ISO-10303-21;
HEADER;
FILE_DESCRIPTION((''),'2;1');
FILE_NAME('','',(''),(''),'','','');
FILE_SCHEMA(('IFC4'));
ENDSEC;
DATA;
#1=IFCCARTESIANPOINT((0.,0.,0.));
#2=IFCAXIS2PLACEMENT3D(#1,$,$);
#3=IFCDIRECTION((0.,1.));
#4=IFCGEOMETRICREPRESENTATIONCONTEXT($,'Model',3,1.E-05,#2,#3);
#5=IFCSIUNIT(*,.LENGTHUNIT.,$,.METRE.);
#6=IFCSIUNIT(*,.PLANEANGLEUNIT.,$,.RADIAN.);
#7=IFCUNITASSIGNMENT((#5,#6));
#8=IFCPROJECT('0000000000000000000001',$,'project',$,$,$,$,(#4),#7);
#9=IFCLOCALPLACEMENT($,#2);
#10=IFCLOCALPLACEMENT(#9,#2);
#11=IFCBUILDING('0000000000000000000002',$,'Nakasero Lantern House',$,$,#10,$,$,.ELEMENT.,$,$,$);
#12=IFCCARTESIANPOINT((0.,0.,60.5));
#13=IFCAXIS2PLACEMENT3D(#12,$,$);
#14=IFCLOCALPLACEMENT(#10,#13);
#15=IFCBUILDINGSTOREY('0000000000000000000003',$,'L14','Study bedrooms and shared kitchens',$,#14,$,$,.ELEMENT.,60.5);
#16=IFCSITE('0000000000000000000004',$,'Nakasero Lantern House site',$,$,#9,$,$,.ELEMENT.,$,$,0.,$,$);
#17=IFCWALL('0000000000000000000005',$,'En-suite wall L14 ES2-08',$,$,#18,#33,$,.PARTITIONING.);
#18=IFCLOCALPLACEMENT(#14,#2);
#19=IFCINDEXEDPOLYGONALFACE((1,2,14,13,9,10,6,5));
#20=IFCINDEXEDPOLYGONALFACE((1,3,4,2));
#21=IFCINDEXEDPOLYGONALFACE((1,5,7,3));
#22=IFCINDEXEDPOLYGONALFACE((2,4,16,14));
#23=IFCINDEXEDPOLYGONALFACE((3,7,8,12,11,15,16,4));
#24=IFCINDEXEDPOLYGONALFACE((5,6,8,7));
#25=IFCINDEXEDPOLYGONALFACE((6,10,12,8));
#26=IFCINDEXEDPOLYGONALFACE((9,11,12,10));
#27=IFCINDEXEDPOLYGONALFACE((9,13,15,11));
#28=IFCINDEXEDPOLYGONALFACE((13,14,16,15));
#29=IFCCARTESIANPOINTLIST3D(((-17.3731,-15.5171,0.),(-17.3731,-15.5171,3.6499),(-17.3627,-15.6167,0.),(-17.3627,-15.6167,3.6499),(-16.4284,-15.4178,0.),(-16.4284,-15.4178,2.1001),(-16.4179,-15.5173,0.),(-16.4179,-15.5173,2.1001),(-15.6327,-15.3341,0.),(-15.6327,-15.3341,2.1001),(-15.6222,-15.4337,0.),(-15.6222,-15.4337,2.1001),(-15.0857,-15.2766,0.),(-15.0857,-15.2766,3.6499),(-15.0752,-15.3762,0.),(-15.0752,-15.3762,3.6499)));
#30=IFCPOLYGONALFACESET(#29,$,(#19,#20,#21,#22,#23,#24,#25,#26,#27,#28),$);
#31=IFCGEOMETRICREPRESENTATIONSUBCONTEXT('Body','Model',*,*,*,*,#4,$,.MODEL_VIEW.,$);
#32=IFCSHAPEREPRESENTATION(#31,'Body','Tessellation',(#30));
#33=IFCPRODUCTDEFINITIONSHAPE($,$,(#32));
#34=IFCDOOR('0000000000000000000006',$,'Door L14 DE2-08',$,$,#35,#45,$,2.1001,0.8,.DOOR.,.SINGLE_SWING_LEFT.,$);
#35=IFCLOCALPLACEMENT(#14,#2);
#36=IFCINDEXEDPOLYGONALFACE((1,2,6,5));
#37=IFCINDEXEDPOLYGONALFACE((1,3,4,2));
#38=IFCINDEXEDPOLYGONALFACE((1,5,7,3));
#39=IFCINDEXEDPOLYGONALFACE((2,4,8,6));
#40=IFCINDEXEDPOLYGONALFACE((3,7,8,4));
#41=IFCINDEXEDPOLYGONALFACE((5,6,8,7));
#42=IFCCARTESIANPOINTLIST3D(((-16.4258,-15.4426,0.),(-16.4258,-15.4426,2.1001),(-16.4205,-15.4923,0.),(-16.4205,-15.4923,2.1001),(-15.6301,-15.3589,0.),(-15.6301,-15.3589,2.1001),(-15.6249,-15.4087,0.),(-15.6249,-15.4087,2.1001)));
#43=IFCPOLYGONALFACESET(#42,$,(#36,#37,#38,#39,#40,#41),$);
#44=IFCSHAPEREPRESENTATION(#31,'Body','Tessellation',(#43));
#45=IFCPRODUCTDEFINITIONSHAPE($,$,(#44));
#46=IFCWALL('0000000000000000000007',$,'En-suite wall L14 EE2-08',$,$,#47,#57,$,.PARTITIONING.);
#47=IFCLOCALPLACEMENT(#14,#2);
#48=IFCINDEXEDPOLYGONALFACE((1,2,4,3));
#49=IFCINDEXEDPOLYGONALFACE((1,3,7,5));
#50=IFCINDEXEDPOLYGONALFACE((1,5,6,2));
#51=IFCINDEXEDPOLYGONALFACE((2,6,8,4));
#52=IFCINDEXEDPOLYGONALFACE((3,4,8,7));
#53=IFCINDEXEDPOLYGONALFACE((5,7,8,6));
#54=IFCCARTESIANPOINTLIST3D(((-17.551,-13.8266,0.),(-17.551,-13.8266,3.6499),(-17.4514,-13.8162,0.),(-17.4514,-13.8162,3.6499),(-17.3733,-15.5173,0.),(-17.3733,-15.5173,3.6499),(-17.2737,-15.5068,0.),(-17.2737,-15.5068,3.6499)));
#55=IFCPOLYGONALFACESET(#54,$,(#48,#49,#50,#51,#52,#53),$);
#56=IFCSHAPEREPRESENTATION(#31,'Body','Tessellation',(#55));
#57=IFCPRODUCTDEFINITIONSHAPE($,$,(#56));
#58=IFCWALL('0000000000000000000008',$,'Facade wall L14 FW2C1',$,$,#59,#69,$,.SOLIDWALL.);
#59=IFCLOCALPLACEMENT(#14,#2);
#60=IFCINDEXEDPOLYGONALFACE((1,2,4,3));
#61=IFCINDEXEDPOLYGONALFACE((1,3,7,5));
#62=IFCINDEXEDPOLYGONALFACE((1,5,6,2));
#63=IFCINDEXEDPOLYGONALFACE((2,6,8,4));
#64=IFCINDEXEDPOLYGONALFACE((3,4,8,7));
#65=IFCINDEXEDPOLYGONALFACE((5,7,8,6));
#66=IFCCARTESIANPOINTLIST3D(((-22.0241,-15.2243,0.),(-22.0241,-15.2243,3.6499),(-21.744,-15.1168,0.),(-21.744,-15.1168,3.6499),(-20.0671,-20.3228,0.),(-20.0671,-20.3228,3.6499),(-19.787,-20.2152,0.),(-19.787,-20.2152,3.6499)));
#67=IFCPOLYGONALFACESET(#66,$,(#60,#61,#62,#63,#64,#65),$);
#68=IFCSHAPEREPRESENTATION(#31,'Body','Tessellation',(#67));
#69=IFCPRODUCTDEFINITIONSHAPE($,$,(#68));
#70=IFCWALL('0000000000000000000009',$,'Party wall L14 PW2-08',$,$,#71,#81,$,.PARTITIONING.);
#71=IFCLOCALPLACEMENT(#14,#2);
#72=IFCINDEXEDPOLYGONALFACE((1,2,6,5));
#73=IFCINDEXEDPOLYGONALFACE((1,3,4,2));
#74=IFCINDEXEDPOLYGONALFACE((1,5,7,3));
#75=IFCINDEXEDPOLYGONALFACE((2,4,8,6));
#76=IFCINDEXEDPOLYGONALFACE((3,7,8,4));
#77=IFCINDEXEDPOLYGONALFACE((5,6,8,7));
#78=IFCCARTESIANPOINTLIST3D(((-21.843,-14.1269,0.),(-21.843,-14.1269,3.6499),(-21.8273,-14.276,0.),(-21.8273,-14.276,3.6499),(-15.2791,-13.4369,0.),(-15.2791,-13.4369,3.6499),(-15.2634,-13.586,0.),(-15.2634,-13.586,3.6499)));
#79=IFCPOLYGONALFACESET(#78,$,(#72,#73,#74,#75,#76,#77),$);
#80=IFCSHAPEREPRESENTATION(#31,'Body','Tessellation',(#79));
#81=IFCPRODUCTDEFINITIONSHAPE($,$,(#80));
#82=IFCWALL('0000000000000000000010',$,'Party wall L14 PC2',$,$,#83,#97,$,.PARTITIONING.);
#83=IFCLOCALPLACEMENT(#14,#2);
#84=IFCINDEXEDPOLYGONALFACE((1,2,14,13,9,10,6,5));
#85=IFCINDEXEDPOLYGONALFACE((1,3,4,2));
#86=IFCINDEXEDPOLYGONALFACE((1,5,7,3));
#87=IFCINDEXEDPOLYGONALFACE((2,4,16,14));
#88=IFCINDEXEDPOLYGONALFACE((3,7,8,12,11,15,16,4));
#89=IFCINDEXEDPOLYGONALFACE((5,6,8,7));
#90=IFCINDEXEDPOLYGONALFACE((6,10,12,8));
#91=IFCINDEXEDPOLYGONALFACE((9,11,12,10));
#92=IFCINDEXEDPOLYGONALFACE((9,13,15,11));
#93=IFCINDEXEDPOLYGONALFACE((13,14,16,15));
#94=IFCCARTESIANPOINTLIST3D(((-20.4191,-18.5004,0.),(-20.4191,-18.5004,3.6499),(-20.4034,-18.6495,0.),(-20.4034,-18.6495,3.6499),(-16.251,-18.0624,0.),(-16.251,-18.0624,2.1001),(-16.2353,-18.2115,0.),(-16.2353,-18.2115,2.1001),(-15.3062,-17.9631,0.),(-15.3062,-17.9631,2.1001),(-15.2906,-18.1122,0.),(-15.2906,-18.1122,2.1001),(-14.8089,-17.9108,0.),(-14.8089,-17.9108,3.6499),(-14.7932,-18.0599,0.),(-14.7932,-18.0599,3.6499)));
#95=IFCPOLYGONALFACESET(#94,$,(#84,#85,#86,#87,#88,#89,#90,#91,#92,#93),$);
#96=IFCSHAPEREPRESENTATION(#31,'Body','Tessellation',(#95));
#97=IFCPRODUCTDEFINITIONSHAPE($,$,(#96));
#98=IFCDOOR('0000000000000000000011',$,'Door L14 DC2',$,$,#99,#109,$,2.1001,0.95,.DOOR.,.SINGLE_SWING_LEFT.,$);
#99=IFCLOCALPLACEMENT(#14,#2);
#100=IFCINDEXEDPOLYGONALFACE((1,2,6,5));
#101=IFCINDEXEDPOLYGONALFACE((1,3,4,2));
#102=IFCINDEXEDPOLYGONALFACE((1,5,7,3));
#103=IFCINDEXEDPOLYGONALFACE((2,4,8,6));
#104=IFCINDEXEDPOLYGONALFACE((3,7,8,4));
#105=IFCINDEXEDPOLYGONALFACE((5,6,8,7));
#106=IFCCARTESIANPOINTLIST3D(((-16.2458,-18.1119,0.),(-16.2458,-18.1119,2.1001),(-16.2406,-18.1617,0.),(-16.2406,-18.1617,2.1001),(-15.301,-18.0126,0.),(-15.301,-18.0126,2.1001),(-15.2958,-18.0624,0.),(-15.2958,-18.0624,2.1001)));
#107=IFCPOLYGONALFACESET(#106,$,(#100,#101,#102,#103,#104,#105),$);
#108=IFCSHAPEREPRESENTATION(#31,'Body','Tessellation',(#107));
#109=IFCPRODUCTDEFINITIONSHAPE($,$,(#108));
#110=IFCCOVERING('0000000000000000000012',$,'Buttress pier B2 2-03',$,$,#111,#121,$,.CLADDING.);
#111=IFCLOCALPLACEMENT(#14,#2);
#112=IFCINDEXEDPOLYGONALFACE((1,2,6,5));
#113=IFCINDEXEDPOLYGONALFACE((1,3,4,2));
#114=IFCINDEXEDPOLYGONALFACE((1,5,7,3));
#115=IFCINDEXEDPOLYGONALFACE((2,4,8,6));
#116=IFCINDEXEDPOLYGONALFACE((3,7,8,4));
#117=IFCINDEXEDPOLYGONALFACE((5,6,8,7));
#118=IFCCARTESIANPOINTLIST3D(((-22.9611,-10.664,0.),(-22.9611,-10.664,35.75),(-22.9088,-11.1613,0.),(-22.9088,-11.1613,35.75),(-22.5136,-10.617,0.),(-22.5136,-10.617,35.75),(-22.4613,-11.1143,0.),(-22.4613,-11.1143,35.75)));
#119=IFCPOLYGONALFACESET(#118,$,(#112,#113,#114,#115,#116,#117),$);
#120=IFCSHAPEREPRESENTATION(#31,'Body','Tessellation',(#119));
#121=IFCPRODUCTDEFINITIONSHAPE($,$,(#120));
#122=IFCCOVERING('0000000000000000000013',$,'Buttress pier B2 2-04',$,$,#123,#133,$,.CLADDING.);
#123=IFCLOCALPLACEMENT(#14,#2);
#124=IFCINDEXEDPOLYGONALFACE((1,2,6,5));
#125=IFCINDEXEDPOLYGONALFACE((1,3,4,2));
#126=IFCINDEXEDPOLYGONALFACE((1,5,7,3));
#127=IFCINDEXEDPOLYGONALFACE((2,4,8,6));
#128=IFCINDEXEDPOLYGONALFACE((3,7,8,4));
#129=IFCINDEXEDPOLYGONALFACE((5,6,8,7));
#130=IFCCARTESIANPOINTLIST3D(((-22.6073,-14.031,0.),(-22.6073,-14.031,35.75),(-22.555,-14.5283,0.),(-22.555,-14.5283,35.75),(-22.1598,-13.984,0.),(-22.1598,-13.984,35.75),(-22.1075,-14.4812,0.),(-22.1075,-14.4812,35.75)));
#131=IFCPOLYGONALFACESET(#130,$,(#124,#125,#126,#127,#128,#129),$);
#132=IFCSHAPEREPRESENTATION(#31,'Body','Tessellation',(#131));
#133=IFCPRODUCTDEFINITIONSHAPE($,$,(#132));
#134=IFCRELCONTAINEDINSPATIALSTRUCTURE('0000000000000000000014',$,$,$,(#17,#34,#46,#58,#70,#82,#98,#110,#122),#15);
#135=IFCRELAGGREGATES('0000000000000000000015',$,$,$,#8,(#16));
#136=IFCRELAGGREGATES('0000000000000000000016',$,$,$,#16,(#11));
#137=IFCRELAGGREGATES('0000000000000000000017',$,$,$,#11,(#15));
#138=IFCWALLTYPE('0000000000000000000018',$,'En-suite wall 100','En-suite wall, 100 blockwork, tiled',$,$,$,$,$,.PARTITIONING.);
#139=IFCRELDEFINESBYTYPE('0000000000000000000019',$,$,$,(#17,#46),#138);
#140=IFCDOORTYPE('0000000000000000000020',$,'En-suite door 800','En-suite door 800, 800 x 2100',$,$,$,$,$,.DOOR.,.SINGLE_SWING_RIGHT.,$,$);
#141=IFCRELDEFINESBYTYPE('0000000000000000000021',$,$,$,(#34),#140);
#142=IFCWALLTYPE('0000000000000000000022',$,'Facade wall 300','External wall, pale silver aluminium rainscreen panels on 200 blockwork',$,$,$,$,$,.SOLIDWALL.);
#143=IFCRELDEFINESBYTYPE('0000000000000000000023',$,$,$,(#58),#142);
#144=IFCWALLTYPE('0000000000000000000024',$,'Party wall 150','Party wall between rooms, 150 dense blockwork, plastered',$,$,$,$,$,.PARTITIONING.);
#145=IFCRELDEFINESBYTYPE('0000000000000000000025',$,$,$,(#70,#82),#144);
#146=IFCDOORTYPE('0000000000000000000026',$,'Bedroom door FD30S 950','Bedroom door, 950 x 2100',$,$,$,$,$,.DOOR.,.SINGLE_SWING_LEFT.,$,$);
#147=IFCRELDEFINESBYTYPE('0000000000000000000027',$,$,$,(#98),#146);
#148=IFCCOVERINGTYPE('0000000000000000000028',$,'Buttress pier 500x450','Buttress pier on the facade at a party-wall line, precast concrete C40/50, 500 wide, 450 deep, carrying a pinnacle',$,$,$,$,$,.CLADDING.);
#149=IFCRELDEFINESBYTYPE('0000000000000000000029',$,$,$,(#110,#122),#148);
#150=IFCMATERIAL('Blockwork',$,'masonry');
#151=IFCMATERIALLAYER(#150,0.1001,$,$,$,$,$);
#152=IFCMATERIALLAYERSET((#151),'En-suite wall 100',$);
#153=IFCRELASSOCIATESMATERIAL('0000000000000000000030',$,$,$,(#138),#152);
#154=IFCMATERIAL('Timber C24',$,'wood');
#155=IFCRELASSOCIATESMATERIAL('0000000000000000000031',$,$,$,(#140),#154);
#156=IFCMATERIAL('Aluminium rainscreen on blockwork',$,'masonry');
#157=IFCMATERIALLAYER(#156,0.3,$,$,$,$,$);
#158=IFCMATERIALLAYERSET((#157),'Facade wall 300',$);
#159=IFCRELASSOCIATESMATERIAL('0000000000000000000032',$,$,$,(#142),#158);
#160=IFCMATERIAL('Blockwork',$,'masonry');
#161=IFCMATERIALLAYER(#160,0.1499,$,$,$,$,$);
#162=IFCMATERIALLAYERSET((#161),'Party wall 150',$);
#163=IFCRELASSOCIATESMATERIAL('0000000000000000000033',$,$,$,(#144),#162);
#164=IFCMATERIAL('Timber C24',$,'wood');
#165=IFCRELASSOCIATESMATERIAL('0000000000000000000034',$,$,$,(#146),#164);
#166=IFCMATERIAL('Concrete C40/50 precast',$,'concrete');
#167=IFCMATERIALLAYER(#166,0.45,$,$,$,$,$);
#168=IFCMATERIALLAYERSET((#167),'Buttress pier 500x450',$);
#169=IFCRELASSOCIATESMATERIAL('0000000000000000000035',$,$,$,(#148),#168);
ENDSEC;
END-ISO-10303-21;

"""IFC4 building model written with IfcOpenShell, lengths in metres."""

from ifc_helpers import new_model, si_unit, direction, frame, frame_2d, origin, origin_2d, place, context, subcontext, project, spatial, rectangle, extrude, material, layer, layer_set, type_object, element, fill, save


model = new_model("IFC4")

# Units and contexts
model_context = context("Model", 3, precision=1e-05, world=origin(), true_north=direction((0.0, 1.0)))
body_context = subcontext(model_context, "Body", "Model", "MODEL_VIEW")
ifc_project = project(units=[si_unit("LENGTHUNIT", "METRE"), si_unit("PLANEANGLEUNIT", "RADIAN")], contexts=[model_context])

# Site, building, storey
site_placement = place(None, origin())
site = spatial("IfcSite", under=ifc_project, at=site_placement, Name="Nakasero Lantern House site", CompositionType="ELEMENT", RefElevation=0.0)
building_placement = place(site_placement, origin())
building = spatial("IfcBuilding", under=site, at=building_placement, Name="Nakasero Lantern House", CompositionType="ELEMENT")
storey_placement = place(building_placement, frame((0.0, 0.0, 60.5)))
storey = spatial("IfcBuildingStorey", under=building, at=storey_placement, Name="L14", Description="Study bedrooms and shared kitchens", CompositionType="ELEMENT", Elevation=60.5)

# Shared definitions
ifc_material_1 = material(Name="Blockwork", Category="masonry")
ifc_layer_1 = layer(ifc_material_1, 0.1001)
ifc_layer_set_1 = layer_set([ifc_layer_1], Name="En-suite wall 100")
wall_type_1 = type_object("IfcWallType", Name="En-suite wall 100", Description="En-suite wall, 100 blockwork, tiled", PredefinedType="PARTITIONING", material=ifc_layer_set_1)
ifc_material_2 = material(Name="Timber C24", Category="wood")
door_type_1 = type_object("IfcDoorType", Name="En-suite door 800", Description="En-suite door 800, 800 x 2100", OperationType="SINGLE_SWING_RIGHT", PredefinedType="DOOR", material=ifc_material_2)

# Wall, opening, door
wall_1_placement = place(storey_placement, frame((-15.0806, -15.3264, 0.0), z_axis=(0.0, 0.0, 1.0), x_axis=(-0.994519, -0.104558, 0.0)))
wall_1 = element("IfcWall", 1, at=wall_1_placement, inside=storey, type_object=wall_type_1, Name="En-suite wall L14 ES2-08", PredefinedType="PARTITIONING", context=body_context, shape_type="SweptSolid", body=[
    extrude(rectangle(XDim=2.3, YDim=0.1001, at=frame_2d((1.1499, 0.0))), origin(), (0.0, 0.0, 1.0), 3.6499),
])
opening_1_placement = place(wall_1_placement, frame((0.55, 0.0, 0.0)))
opening_1 = element("IfcOpeningElement", 2, at=opening_1_placement, cuts=wall_1, PredefinedType="OPENING", context=body_context, shape_type="SweptSolid", body=[
    extrude(rectangle(XDim=0.8, YDim=2.1001, at=frame_2d((0.3999, 1.05))), frame((0.0, 0.0701, 0.0), z_axis=(0.0, -1.0, 0.0), x_axis=(1.0, 0.0, 0.0)), (0.0, 0.0, 1.0), 0.1401),
])
door_1_placement = place(opening_1_placement, origin())
door_1 = element("IfcDoor", 3, at=door_1_placement, inside=storey, type_object=door_type_1, Name="Door L14 DE2-08", OperationType="SINGLE_SWING_LEFT", OverallHeight=2.1001, OverallWidth=0.8, PredefinedType="DOOR", context=body_context, shape_type="SweptSolid", body=[
    extrude(rectangle(XDim=0.8, YDim=2.1001, at=frame_2d((0.3999, 1.05))), frame((0.0, 0.0249, 0.0), z_axis=(0.0, -1.0, 0.0), x_axis=(1.0, 0.0, 0.0)), (0.0, 0.0, 1.0), 0.05),
])
fill(opening_1, door_1)

# Walls
wall_2_placement = place(storey_placement, frame((-17.5012, -13.8213, 0.0), z_axis=(0.0, 0.0, 1.0), x_axis=(0.10455, -0.99452, 0.0)))
element("IfcWall", 4, at=wall_2_placement, inside=storey, type_object=wall_type_1, Name="En-suite wall L14 EE2-08", PredefinedType="PARTITIONING", context=body_context, shape_type="SweptSolid", body=[
    extrude(rectangle(XDim=1.7, YDim=0.1001, at=frame_2d((0.8501, 0.0))), origin(), (0.0, 0.0, 1.0), 3.6499),
])
ifc_material_3 = material(Name="Aluminium rainscreen on blockwork", Category="masonry")
ifc_layer_2 = layer(ifc_material_3, 0.3)
ifc_layer_set_2 = layer_set([ifc_layer_2], Name="Facade wall 300")
wall_type_2 = type_object("IfcWallType", Name="Facade wall 300", Description="External wall, pale silver aluminium rainscreen panels on 200 blockwork", PredefinedType="SOLIDWALL", material=ifc_layer_set_2)
wall_3_placement = place(storey_placement, frame((-21.884, -15.1707, 0.0), z_axis=(0.0, 0.0, 1.0), x_axis=(0.358359, -0.933584, 0.0)))
element("IfcWall", 5, at=wall_3_placement, inside=storey, type_object=wall_type_2, Name="Facade wall L14 FW2C1", PredefinedType="SOLIDWALL", context=body_context, shape_type="SweptSolid", body=[
    extrude(rectangle(XDim=5.4612, YDim=0.3, at=frame_2d((2.7305, 0.0))), origin(), (0.0, 0.0, 1.0), 3.6499),
])
ifc_material_4 = material(Name="Blockwork", Category="masonry")
ifc_layer_3 = layer(ifc_material_4, 0.1499)
ifc_layer_set_3 = layer_set([ifc_layer_3], Name="Party wall 150")
wall_type_3 = type_object("IfcWallType", Name="Party wall 150", Description="Party wall between rooms, 150 dense blockwork, plastered", PredefinedType="PARTITIONING", material=ifc_layer_set_3)
wall_4_placement = place(storey_placement, frame((-15.2712, -13.5115, 0.0), z_axis=(0.0, 0.0, 1.0), x_axis=(-0.994521, -0.104535, 0.0)))
element("IfcWall", 6, at=wall_4_placement, inside=storey, type_object=wall_type_3, Name="Party wall L14 PW2-08", PredefinedType="PARTITIONING", context=body_context, shape_type="SweptSolid", body=[
    extrude(rectangle(XDim=6.6001, YDim=0.1499, at=frame_2d((3.3, 0.0))), origin(), (0.0, 0.0, 1.0), 3.6499),
])

# Wall, opening, door
wall_5_placement = place(storey_placement, frame((-14.801, -17.9854, 0.0), z_axis=(0.0, 0.0, 1.0), x_axis=(-0.994523, -0.10452, 0.0)))
wall_5 = element("IfcWall", 7, at=wall_5_placement, inside=storey, type_object=wall_type_3, Name="Party wall L14 PC2", PredefinedType="PARTITIONING", context=body_context, shape_type="SweptSolid", body=[
    extrude(rectangle(XDim=5.6411, YDim=0.1499, at=frame_2d((2.8206, 0.0))), origin(), (0.0, 0.0, 1.0), 3.6499),
])
opening_2_placement = place(wall_5_placement, frame((0.5, 0.0, 0.0)))
opening_2 = element("IfcOpeningElement", 8, at=opening_2_placement, cuts=wall_5, PredefinedType="OPENING", context=body_context, shape_type="SweptSolid", body=[
    extrude(rectangle(XDim=0.95, YDim=2.1001, at=frame_2d((0.4751, 1.05))), frame((0.0, 0.095, 0.0), z_axis=(0.0, -1.0, 0.0), x_axis=(1.0, 0.0, 0.0)), (0.0, 0.0, 1.0), 0.1899),
])
ifc_material_5 = material(Name="Timber C24", Category="wood")
door_type_2 = type_object("IfcDoorType", Name="Bedroom door FD30S 950", Description="Bedroom door, 950 x 2100", OperationType="SINGLE_SWING_LEFT", PredefinedType="DOOR", material=ifc_material_5)
door_2_placement = place(opening_2_placement, origin())
door_2 = element("IfcDoor", 9, at=door_2_placement, inside=storey, type_object=door_type_2, Name="Door L14 DC2", OperationType="SINGLE_SWING_LEFT", OverallHeight=2.1001, OverallWidth=0.95, PredefinedType="DOOR", context=body_context, shape_type="SweptSolid", body=[
    extrude(rectangle(XDim=0.95, YDim=2.1001, at=frame_2d((0.4751, 1.05))), frame((0.0, 0.0249, 0.0), z_axis=(0.0, -1.0, 0.0), x_axis=(1.0, 0.0, 0.0)), (0.0, 0.0, 1.0), 0.05),
])
fill(opening_2, door_2)

# Coverings
ifc_material_6 = material(Name="Concrete C40/50 precast", Category="concrete")
ifc_layer_4 = layer(ifc_material_6, 0.45)
ifc_layer_set_4 = layer_set([ifc_layer_4], Name="Buttress pier 500x450")
covering_type = type_object("IfcCoveringType", Name="Buttress pier 500x450", Description="Buttress pier on the facade at a party-wall line, precast concrete C40/50, 500 wide, 450 deep, carrying a pinnacle", PredefinedType="CLADDING", material=ifc_layer_set_4)
for number, where, z_axis, x_axis, name in (
    (10, (-22.7112, -10.8892, 0.0), (0.0, 0.0, 1.0), (-0.994522, -0.104528, 0.0), "Buttress pier B2 2-03"),
    (11, (-22.3574, -14.2561, 0.0), (0.0, 0.0, 1.0), (-0.994522, -0.104528, 0.0), "Buttress pier B2 2-04"),
):
    element("IfcCovering", number, at=place(storey_placement, frame(where, z_axis=z_axis, x_axis=x_axis)), inside=storey, type_object=covering_type, Name=name, PredefinedType="CLADDING", context=body_context, shape_type="SweptSolid", body=[
        extrude(rectangle(XDim=0.45, YDim=0.5, at=origin_2d()), origin(), (0.0, 0.0, 1.0), 35.75),
    ])

save(model, "model.ifc")
